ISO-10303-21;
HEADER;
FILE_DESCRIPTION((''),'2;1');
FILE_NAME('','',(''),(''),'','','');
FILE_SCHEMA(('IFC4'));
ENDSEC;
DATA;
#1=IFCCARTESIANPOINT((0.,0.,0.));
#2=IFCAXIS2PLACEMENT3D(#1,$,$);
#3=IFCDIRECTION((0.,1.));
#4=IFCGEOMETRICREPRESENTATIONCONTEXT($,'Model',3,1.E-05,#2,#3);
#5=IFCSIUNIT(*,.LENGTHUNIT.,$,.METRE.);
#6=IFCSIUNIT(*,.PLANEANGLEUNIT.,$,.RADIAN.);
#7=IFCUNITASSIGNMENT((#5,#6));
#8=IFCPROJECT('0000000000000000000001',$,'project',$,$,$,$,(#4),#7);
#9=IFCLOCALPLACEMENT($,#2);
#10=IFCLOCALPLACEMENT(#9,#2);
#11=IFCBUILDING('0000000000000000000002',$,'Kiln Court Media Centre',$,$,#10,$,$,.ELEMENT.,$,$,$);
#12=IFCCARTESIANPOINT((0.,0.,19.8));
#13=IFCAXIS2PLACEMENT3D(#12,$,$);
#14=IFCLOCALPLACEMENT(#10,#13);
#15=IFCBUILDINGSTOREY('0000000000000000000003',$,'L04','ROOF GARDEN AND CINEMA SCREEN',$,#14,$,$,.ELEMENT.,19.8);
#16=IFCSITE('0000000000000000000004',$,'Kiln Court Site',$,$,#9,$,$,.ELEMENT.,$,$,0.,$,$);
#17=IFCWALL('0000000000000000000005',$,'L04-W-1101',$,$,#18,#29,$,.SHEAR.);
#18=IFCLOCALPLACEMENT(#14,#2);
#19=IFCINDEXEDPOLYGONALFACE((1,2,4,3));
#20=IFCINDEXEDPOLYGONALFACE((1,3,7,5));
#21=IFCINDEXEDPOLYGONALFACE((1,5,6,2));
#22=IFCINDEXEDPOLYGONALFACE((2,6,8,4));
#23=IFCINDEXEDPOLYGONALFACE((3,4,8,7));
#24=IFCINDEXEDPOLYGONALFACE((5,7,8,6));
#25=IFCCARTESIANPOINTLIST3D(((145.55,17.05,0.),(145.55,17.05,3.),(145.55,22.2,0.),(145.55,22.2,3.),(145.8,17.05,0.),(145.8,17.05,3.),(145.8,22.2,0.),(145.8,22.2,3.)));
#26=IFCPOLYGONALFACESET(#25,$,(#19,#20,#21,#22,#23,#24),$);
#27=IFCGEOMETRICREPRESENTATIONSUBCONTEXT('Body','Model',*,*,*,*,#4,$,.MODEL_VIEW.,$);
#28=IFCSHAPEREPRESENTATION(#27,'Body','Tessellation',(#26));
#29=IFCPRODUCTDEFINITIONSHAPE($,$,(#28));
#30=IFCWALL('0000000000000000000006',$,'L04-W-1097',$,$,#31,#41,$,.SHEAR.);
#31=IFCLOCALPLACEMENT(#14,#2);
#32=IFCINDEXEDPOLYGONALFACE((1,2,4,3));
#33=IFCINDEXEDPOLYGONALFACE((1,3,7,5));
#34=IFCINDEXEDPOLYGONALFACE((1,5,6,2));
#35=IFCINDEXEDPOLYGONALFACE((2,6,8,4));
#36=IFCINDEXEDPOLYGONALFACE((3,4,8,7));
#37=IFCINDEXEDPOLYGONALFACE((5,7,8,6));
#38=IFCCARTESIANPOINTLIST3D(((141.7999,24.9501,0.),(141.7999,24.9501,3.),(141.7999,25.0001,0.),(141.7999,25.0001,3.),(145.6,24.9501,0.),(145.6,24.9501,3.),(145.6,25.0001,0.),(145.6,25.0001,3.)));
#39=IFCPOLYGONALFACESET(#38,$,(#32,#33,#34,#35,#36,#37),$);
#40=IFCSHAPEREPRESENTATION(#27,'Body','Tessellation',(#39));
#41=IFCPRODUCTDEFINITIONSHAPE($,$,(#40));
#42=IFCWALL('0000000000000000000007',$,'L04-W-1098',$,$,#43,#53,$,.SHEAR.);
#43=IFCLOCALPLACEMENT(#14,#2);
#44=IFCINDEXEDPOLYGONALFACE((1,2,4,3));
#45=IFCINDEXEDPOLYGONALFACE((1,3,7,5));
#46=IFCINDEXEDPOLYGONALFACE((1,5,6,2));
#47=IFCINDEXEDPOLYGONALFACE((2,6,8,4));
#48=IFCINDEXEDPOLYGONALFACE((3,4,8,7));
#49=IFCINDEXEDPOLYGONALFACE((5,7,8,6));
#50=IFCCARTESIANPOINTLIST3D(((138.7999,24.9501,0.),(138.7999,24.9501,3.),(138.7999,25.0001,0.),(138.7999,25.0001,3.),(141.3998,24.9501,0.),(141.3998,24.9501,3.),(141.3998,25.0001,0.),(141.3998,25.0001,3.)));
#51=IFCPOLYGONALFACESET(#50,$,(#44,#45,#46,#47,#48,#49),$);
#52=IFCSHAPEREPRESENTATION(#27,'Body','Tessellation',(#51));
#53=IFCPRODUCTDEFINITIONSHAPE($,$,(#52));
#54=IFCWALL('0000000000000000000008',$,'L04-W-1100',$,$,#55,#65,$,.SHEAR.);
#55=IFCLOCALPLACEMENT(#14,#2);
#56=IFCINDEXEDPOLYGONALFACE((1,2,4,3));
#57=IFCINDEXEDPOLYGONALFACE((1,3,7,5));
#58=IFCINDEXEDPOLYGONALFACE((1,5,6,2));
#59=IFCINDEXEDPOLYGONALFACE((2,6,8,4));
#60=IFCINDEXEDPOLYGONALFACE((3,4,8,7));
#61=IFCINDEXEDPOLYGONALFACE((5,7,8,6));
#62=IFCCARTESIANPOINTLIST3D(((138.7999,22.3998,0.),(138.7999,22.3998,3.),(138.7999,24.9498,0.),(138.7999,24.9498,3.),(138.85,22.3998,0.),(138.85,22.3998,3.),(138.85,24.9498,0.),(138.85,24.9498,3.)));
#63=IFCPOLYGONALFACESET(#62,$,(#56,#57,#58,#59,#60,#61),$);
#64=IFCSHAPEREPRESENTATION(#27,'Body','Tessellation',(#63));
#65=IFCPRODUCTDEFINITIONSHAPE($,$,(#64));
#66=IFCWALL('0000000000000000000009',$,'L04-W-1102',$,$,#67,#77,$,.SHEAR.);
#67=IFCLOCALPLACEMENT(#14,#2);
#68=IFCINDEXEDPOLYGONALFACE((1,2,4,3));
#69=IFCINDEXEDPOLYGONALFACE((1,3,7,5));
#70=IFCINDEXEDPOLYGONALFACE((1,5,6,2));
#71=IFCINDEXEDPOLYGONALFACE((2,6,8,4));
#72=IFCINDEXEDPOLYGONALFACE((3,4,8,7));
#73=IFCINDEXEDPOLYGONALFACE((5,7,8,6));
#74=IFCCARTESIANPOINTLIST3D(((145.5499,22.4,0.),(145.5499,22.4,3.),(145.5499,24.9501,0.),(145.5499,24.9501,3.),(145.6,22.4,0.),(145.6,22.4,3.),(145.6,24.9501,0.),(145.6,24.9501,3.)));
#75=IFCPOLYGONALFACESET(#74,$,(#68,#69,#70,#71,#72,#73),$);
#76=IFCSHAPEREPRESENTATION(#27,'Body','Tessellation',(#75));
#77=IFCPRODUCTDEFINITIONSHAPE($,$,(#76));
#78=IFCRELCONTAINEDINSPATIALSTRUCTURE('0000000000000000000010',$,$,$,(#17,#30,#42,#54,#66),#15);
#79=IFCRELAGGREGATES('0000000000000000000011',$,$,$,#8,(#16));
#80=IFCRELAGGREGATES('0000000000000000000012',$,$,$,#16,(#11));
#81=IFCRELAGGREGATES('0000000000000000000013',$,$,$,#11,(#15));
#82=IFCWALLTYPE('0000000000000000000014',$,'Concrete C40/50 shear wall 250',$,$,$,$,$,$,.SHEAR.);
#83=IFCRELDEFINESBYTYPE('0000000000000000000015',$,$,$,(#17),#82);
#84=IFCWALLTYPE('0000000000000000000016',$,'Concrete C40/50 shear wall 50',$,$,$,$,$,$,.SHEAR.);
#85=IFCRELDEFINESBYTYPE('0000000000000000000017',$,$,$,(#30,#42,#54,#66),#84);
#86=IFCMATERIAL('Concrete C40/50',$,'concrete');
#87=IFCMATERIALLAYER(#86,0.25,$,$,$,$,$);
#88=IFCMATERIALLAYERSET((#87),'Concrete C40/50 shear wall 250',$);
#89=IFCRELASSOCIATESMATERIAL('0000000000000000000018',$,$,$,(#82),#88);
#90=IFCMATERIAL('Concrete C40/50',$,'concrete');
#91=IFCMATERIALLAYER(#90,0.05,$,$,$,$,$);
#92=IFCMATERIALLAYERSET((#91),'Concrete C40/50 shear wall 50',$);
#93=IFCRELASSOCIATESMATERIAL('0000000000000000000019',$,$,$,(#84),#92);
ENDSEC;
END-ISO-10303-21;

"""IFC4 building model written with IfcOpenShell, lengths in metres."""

from ifc_helpers import new_model, si_unit, direction, frame, frame_2d, origin, place, context, subcontext, project, spatial, rectangle, extrude, material, layer, layer_set, type_object, element, save


model = new_model("IFC4")

# Units and contexts
model_context = context("Model", 3, precision=1e-05, world=origin(), true_north=direction((0.0, 1.0)))
body_context = subcontext(model_context, "Body", "Model", "MODEL_VIEW")
ifc_project = project(units=[si_unit("LENGTHUNIT", "METRE"), si_unit("PLANEANGLEUNIT", "RADIAN")], contexts=[model_context])

# Site, building, storey
site_placement = place(None, origin())
site = spatial("IfcSite", under=ifc_project, at=site_placement, Name="Kiln Court Site", CompositionType="ELEMENT", RefElevation=0.0)
building_placement = place(site_placement, origin())
building = spatial("IfcBuilding", under=site, at=building_placement, Name="Kiln Court Media Centre", CompositionType="ELEMENT")
storey_placement = place(building_placement, frame((0.0, 0.0, 19.8)))
storey = spatial("IfcBuildingStorey", under=building, at=storey_placement, Name="L04", Description="ROOF GARDEN AND CINEMA SCREEN", CompositionType="ELEMENT", Elevation=19.8)

# Shared definitions
ifc_material_1 = material(Name="Concrete C40/50", Category="concrete")
ifc_layer_1 = layer(ifc_material_1, 0.25)
ifc_layer_set_1 = layer_set([ifc_layer_1], Name="Concrete C40/50 shear wall 250")
wall_type_1 = type_object("IfcWallType", Name="Concrete C40/50 shear wall 250", PredefinedType="SHEAR", material=ifc_layer_set_1)

# Walls
for number, where, z_axis, x_axis, name in (
    (1, (145.675, 22.2, 0.0), (0.0, 0.0, 1.0), (0.0, -1.0, 0.0), "L04-W-1101"),
):
    element("IfcWall", number, at=place(storey_placement, frame(where, z_axis=z_axis, x_axis=x_axis)), inside=storey, type_object=wall_type_1, Name=name, PredefinedType="SHEAR", context=body_context, shape_type="SweptSolid", body=[
        extrude(rectangle(XDim=5.1499, YDim=0.25, at=frame_2d((2.575, 0.0))), origin(), (0.0, 0.0, 1.0), 3.0),
    ])
ifc_material_2 = material(Name="Concrete C40/50", Category="concrete")
ifc_layer_2 = layer(ifc_material_2, 0.05)
ifc_layer_set_2 = layer_set([ifc_layer_2], Name="Concrete C40/50 shear wall 50")
wall_type_2 = type_object("IfcWallType", Name="Concrete C40/50 shear wall 50", PredefinedType="SHEAR", material=ifc_layer_set_2)
wall_1_placement = place(storey_placement, frame((141.8, 24.9751, 0.0), z_axis=(0.0, 0.0, 1.0), x_axis=(1.0, 0.0, 0.0)))
element("IfcWall", 2, at=wall_1_placement, inside=storey, type_object=wall_type_2, Name="L04-W-1097", PredefinedType="SHEAR", context=body_context, shape_type="SweptSolid", body=[
    extrude(rectangle(XDim=3.8, YDim=0.05, at=frame_2d((1.8999, 0.0))), origin(), (0.0, 0.0, 1.0), 3.0),
])
wall_2_placement = place(storey_placement, frame((138.8, 24.9751, 0.0), z_axis=(0.0, 0.0, 1.0), x_axis=(1.0, 0.0, 0.0)))
element("IfcWall", 3, at=wall_2_placement, inside=storey, type_object=wall_type_2, Name="L04-W-1098", PredefinedType="SHEAR", context=body_context, shape_type="SweptSolid", body=[
    extrude(rectangle(XDim=2.5999, YDim=0.05, at=frame_2d((1.2998, 0.0))), origin(), (0.0, 0.0, 1.0), 3.0),
])
for number, where, z_axis, x_axis, name in (
    (4, (138.825, 22.3999, 0.0), (0.0, 0.0, 1.0), (0.0, 1.0, 0.0), "L04-W-1100"),
    (5, (145.575, 24.95, 0.0), (0.0, 0.0, 1.0), (0.0, -1.0, 0.0), "L04-W-1102"),
):
    element("IfcWall", number, at=place(storey_placement, frame(where, z_axis=z_axis, x_axis=x_axis)), inside=storey, type_object=wall_type_2, Name=name, PredefinedType="SHEAR", context=body_context, shape_type="SweptSolid", body=[
        extrude(rectangle(XDim=2.55, YDim=0.05, at=frame_2d((1.2749, 0.0))), origin(), (0.0, 0.0, 1.0), 3.0),
    ])

save(model, "model.ifc")
